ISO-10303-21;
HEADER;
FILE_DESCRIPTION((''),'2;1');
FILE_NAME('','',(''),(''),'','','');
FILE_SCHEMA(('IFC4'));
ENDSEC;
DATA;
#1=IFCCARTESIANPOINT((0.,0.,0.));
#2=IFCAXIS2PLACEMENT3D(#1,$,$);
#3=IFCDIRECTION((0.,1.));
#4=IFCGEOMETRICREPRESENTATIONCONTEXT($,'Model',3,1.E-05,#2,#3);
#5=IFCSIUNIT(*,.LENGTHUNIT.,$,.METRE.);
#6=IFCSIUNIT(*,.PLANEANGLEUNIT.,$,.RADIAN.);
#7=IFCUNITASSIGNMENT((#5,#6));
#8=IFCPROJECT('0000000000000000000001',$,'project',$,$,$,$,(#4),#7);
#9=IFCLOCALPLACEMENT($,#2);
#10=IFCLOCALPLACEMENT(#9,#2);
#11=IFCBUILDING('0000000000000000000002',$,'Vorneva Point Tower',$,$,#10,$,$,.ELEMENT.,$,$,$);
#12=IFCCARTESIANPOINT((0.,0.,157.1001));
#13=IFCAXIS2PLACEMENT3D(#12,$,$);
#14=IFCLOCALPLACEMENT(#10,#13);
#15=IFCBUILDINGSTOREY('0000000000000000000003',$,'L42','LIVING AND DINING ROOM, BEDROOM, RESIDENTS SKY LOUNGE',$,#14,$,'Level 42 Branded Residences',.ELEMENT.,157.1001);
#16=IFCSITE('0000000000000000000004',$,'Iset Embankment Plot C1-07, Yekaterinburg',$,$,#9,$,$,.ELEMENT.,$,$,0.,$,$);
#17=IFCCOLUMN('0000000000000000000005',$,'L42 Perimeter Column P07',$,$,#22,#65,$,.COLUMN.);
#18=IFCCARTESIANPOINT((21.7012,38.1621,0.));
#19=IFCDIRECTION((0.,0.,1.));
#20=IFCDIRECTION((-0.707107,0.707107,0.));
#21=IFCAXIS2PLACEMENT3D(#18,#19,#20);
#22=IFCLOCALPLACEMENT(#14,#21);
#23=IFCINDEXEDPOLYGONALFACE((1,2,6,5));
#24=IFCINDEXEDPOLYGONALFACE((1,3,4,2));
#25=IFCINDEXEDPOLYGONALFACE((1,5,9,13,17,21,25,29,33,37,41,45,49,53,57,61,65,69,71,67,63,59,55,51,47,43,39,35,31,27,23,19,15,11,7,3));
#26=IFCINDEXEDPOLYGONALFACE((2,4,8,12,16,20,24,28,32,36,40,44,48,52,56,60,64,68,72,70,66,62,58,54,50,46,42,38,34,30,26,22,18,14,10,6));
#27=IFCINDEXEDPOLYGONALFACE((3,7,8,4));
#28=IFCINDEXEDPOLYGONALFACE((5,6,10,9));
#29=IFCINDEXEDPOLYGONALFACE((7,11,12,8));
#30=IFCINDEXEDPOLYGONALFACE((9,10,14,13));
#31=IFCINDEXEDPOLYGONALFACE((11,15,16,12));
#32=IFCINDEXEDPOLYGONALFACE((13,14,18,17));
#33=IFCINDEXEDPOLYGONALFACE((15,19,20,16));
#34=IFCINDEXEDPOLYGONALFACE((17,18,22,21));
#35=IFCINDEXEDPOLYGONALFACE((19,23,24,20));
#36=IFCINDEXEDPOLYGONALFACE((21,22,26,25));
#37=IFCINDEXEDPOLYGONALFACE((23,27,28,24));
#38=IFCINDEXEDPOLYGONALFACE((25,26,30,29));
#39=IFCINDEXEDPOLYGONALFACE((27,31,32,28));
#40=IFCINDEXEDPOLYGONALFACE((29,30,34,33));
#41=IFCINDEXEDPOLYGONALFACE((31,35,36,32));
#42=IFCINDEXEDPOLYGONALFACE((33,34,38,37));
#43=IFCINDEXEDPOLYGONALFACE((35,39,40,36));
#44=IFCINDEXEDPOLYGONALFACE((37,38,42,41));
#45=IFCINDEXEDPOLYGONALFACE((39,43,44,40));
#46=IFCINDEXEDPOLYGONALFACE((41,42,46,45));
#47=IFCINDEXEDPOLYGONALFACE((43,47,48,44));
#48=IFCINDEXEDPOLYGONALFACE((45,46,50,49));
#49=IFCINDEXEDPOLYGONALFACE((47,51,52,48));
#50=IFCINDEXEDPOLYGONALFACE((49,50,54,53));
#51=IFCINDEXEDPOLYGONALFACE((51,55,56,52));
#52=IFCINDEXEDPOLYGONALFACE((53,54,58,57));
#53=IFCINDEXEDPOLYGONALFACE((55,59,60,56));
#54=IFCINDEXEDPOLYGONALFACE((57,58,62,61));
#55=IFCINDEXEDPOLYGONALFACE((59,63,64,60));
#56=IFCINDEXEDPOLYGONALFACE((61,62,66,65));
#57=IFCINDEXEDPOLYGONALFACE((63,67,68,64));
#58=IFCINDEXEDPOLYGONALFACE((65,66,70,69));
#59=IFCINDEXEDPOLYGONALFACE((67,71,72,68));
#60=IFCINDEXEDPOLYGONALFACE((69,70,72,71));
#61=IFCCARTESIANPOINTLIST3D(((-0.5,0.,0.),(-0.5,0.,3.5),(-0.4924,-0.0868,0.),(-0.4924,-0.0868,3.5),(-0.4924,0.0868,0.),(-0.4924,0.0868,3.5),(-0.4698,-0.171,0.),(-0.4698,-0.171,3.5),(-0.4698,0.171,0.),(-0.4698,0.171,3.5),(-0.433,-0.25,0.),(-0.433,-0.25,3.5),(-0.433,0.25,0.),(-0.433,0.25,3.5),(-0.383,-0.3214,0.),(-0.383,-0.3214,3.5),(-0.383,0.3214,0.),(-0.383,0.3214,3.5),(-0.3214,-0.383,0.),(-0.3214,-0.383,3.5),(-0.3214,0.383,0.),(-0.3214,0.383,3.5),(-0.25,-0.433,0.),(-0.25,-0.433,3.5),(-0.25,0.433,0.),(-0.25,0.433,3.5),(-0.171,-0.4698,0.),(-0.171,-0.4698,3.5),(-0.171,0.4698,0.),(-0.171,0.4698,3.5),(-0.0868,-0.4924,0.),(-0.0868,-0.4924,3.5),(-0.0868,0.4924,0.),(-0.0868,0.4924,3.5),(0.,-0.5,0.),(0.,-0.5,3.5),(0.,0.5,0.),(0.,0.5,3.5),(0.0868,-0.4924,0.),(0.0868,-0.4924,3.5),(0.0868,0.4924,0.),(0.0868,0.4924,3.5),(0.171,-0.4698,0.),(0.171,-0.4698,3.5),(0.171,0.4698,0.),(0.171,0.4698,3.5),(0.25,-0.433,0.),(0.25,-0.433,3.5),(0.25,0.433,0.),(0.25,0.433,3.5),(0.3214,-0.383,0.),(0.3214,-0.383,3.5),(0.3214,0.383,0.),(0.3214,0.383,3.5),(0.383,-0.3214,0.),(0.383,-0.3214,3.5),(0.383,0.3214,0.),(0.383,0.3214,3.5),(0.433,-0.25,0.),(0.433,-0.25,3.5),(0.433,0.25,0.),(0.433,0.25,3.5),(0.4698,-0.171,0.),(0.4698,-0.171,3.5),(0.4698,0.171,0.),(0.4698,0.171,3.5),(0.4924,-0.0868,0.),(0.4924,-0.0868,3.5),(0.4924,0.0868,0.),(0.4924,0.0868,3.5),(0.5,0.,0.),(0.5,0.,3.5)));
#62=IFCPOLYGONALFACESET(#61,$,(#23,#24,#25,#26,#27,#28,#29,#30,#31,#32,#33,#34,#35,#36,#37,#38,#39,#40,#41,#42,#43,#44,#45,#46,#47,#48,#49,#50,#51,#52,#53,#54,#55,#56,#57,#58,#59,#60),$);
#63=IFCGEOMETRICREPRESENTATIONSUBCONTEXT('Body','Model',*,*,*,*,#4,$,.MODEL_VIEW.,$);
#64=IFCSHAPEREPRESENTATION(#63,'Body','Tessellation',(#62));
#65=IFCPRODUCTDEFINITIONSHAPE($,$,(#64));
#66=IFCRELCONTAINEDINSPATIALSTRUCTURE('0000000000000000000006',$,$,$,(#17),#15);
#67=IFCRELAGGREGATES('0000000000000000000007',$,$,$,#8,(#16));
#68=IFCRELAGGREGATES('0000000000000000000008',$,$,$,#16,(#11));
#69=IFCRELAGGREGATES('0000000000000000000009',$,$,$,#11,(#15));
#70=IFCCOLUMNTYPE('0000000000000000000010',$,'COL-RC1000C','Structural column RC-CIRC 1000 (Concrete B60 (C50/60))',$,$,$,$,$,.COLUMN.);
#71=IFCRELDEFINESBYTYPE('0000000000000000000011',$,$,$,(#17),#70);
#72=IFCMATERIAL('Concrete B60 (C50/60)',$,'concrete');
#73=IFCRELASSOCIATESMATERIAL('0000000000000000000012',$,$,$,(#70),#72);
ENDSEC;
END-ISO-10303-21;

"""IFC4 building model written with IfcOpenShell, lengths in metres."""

from ifc_helpers import new_model, si_unit, direction, frame, origin, origin_2d, place, context, subcontext, project, spatial, circle, extrude, material, material_profile, profile_set, type_object, element, save


model = new_model("IFC4")

# Units and contexts
model_context = context("Model", 3, precision=1e-05, world=origin(), true_north=direction((0.0, 1.0)))
body_context = subcontext(model_context, "Body", "Model", "MODEL_VIEW")
ifc_project = project(units=[si_unit("LENGTHUNIT", "METRE"), si_unit("PLANEANGLEUNIT", "RADIAN")], contexts=[model_context])

# Site, building, storey
site_placement = place(None, origin())
site = spatial("IfcSite", under=ifc_project, at=site_placement, Name="Iset Embankment Plot C1-07, Yekaterinburg", CompositionType="ELEMENT", RefElevation=0.0)
building_placement = place(site_placement, origin())
building = spatial("IfcBuilding", under=site, at=building_placement, Name="Vorneva Point Tower", CompositionType="ELEMENT")
storey_placement = place(building_placement, frame((0.0, 0.0, 157.1001)))
storey = spatial("IfcBuildingStorey", under=building, at=storey_placement, Name="L42", Description="LIVING AND DINING ROOM, BEDROOM, RESIDENTS SKY LOUNGE", LongName="Level 42 Branded Residences", CompositionType="ELEMENT", Elevation=157.1001)

# Column
ifc_material_1 = material(Name="Concrete B60 (C50/60)", Category="concrete")
ifc_material_profile_1 = material_profile(ifc_material_1, circle(Radius=0.5, at=origin_2d()), Name="RC-CIRC 1000")
ifc_profile_set_1 = profile_set([ifc_material_profile_1], Name="Concrete B60 (C50/60)")
column_type = type_object("IfcColumnType", Name="COL-RC1000C", Description="Structural column RC-CIRC 1000 (Concrete B60 (C50/60))", PredefinedType="COLUMN", material=ifc_profile_set_1)
column_placement = place(storey_placement, frame((21.7012, 38.1621, 0.0), z_axis=(0.0, 0.0, 1.0), x_axis=(-0.707107, 0.707107, 0.0)))
element("IfcColumn", 1, at=column_placement, inside=storey, type_object=column_type, Name="L42 Perimeter Column P07", PredefinedType="COLUMN", context=body_context, shape_type="SweptSolid", body=[
    extrude(circle(Radius=0.5, at=origin_2d()), origin(), (0.0, 0.0, 1.0), 3.5),
])

save(model, "model.ifc")
